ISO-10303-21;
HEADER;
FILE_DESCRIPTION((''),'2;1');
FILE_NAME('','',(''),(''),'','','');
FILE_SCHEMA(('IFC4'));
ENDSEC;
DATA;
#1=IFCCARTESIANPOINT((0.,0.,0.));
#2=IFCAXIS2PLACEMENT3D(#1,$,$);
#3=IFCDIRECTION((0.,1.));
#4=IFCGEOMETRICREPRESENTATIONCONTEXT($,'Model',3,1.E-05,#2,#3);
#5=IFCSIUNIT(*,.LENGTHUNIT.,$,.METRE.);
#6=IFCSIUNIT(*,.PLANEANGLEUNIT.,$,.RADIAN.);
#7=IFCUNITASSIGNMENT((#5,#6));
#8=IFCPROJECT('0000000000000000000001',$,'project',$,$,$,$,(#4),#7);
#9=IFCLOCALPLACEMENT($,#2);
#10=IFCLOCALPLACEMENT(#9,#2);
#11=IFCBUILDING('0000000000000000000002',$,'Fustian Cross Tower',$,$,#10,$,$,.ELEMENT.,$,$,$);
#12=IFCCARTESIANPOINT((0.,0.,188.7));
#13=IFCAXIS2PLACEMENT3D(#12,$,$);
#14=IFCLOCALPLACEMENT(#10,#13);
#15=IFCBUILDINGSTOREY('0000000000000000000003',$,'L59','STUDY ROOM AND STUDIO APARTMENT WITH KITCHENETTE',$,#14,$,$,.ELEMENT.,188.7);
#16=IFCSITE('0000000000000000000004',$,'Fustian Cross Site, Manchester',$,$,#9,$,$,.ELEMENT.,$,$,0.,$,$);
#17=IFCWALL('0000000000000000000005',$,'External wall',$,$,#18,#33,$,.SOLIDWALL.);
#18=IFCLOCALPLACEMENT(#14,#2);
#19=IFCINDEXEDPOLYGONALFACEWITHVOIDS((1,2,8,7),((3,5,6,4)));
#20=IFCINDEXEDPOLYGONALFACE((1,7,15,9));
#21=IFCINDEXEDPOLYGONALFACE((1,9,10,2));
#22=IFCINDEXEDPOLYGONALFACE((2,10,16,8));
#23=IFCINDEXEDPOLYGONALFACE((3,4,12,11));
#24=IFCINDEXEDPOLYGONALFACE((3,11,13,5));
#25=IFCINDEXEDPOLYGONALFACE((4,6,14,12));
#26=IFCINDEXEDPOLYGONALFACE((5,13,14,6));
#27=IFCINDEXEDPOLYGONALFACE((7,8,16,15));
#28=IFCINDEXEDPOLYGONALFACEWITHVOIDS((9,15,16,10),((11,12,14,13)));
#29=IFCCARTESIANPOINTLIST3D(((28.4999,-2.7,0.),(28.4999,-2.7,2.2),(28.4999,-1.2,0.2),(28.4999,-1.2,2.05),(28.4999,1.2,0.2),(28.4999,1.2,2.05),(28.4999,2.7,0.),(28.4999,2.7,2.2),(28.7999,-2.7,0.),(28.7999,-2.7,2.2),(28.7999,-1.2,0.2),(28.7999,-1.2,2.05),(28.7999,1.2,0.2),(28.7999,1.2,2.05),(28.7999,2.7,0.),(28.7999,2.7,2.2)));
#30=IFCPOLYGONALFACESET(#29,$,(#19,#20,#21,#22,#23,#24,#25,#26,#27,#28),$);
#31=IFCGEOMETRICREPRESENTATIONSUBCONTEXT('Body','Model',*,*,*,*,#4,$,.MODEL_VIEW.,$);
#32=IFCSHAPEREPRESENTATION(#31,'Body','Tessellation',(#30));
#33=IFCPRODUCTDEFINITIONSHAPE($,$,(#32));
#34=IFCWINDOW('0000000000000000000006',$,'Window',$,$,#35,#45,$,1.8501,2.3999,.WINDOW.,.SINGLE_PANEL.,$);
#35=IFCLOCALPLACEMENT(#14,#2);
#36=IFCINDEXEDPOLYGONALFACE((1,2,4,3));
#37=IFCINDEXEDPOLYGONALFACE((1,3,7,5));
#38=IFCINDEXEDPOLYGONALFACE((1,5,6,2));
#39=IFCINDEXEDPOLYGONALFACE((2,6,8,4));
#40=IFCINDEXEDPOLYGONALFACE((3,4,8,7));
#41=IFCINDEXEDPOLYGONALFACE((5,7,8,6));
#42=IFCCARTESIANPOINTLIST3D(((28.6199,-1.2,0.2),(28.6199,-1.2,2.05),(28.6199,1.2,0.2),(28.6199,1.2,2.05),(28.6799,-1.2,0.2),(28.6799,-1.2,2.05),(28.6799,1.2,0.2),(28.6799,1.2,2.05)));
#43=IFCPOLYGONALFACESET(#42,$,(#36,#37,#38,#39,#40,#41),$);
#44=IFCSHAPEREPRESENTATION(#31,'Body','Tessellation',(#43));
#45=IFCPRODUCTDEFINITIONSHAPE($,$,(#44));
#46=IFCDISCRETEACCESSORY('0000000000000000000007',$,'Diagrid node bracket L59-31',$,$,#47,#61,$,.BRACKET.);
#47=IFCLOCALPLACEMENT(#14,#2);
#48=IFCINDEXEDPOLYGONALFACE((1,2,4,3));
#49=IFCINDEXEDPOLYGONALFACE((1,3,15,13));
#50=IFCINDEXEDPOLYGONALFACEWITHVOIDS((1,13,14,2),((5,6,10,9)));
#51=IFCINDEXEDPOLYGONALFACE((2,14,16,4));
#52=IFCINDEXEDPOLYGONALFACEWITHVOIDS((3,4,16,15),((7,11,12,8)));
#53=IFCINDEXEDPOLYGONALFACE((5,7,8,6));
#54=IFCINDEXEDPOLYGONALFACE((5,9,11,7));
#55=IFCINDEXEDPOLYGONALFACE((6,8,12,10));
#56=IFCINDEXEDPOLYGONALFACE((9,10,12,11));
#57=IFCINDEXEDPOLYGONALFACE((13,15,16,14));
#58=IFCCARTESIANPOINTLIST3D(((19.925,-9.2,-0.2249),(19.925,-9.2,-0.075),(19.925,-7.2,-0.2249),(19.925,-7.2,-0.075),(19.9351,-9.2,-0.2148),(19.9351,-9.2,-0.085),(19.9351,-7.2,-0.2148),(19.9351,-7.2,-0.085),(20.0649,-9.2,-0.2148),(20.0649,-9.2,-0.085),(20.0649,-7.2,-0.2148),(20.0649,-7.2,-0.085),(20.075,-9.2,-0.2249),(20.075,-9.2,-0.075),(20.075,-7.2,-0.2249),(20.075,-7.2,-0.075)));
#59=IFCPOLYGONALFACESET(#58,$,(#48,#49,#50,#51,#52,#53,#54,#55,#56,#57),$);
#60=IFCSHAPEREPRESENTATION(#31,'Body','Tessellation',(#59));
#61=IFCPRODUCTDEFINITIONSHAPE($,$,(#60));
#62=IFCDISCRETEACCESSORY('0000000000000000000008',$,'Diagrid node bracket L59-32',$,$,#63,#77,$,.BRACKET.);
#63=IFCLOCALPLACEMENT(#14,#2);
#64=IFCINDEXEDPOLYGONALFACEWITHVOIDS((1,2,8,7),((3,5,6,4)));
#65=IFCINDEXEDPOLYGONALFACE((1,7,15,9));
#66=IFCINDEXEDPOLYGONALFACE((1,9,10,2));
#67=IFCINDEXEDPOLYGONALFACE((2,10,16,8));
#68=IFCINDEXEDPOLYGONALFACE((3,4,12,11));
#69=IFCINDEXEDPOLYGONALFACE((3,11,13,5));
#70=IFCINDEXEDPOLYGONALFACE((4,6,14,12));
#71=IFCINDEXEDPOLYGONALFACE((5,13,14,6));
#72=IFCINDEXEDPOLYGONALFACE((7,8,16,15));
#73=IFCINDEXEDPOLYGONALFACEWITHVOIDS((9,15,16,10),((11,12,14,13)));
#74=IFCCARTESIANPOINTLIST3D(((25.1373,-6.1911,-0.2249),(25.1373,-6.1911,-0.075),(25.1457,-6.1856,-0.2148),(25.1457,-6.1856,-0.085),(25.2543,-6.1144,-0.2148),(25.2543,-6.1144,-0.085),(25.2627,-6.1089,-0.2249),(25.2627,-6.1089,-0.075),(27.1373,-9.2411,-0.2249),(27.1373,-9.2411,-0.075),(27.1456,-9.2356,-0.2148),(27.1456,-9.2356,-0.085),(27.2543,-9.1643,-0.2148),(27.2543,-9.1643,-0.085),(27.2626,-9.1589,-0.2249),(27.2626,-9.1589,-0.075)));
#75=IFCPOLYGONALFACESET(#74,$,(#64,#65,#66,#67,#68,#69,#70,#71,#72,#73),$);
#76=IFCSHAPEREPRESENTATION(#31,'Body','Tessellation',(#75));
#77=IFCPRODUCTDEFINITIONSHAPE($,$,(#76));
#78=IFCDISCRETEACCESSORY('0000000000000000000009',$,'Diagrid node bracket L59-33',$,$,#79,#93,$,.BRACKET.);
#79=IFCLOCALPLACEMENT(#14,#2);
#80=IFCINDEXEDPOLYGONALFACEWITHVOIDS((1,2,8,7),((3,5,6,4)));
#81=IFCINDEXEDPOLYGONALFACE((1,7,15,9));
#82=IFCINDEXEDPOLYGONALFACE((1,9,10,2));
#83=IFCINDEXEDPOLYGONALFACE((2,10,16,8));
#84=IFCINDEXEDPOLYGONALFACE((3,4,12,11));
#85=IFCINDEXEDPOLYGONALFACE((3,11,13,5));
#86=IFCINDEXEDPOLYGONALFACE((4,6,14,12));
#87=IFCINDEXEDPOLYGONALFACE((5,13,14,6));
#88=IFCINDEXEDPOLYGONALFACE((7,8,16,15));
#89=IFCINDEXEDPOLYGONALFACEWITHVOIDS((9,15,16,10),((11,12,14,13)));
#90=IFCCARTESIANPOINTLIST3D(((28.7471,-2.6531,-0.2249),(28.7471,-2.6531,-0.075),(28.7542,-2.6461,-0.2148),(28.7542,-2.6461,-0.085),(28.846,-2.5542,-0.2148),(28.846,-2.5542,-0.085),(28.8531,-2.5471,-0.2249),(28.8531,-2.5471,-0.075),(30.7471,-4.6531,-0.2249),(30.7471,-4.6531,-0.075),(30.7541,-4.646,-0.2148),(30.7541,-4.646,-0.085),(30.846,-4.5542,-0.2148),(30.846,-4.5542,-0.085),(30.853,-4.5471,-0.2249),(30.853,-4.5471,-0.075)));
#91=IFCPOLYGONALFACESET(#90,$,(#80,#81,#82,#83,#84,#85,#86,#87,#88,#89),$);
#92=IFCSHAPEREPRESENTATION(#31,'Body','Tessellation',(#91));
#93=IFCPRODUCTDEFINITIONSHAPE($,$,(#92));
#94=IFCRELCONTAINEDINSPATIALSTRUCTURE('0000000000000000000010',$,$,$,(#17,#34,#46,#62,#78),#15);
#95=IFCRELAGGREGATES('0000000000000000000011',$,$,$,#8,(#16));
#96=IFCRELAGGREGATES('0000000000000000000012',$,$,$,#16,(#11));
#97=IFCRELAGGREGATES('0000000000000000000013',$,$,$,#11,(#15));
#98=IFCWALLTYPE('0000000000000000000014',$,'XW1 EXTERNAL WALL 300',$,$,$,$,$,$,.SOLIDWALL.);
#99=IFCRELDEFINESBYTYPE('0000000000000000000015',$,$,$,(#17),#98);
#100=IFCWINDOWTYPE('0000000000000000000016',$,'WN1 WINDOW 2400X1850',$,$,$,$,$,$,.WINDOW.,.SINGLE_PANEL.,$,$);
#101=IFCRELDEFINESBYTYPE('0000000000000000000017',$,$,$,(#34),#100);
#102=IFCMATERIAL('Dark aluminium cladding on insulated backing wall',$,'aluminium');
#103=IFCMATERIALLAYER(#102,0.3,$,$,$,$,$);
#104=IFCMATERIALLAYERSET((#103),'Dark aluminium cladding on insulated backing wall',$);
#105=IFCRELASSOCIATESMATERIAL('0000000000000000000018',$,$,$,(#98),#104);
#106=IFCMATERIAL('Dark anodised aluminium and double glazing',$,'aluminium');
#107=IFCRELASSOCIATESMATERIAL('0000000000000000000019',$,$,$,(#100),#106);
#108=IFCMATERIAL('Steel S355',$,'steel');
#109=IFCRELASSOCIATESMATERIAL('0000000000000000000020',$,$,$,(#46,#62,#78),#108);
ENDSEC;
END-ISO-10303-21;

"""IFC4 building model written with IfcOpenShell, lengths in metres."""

from ifc_helpers import new_model, si_unit, direction, frame, frame_2d, origin, origin_2d, place, context, subcontext, project, spatial, rectangle, hollow_rectangle, extrude, material, layer, layer_set, type_object, element, fill, save


model = new_model("IFC4")

# Units and contexts
model_context = context("Model", 3, precision=1e-05, world=origin(), true_north=direction((0.0, 1.0)))
body_context = subcontext(model_context, "Body", "Model", "MODEL_VIEW")
ifc_project = project(units=[si_unit("LENGTHUNIT", "METRE"), si_unit("PLANEANGLEUNIT", "RADIAN")], contexts=[model_context])

# Site, building, storey
site_placement = place(None, origin())
site = spatial("IfcSite", under=ifc_project, at=site_placement, Name="Fustian Cross Site, Manchester", CompositionType="ELEMENT", RefElevation=0.0)
building_placement = place(site_placement, origin())
building = spatial("IfcBuilding", under=site, at=building_placement, Name="Fustian Cross Tower", CompositionType="ELEMENT")
storey_placement = place(building_placement, frame((0.0, 0.0, 188.7)))
storey = spatial("IfcBuildingStorey", under=building, at=storey_placement, Name="L59", Description="STUDY ROOM AND STUDIO APARTMENT WITH KITCHENETTE", CompositionType="ELEMENT", Elevation=188.7)

# Shared definitions
ifc_material_1 = material(Name="Dark aluminium cladding on insulated backing wall", Category="aluminium")
ifc_layer_1 = layer(ifc_material_1, 0.3)
ifc_layer_set_1 = layer_set([ifc_layer_1], Name="Dark aluminium cladding on insulated backing wall")
wall_type_1 = type_object("IfcWallType", Name="XW1 EXTERNAL WALL 300", PredefinedType="SOLIDWALL", material=ifc_layer_set_1)

# Wall, opening, window
wall_1_placement = place(storey_placement, frame((28.6499, -2.7, 0.0), z_axis=(0.0, 0.0, 1.0), x_axis=(0.0, 1.0, 0.0)))
wall_1 = element("IfcWall", 1, at=wall_1_placement, inside=storey, type_object=wall_type_1, Name="External wall", PredefinedType="SOLIDWALL", context=body_context, shape_type="SweptSolid", body=[
    extrude(rectangle(XDim=5.3999, YDim=0.3, at=frame_2d((2.7, 0.0))), origin(), (0.0, 0.0, 1.0), 2.2),
])
opening_1_placement = place(wall_1_placement, frame((1.5, 0.0, 0.2)))
opening_1 = element("IfcOpeningElement", 2, at=opening_1_placement, cuts=wall_1, PredefinedType="OPENING", context=body_context, shape_type="SweptSolid", body=[
    extrude(rectangle(XDim=2.3999, YDim=1.8501, at=frame_2d((1.2, 0.925))), frame((0.0, 0.1599, 0.0), z_axis=(0.0, -1.0, 0.0), x_axis=(1.0, 0.0, 0.0)), (0.0, 0.0, 1.0), 0.3201),
])
ifc_material_2 = material(Name="Dark anodised aluminium and double glazing", Category="aluminium")
window_type_1 = type_object("IfcWindowType", Name="WN1 WINDOW 2400X1850", PartitioningType="SINGLE_PANEL", PredefinedType="WINDOW", material=ifc_material_2)
window_1_placement = place(opening_1_placement, origin())
window_1 = element("IfcWindow", 3, at=window_1_placement, inside=storey, type_object=window_type_1, Name="Window", OverallHeight=1.8501, OverallWidth=2.3999, PartitioningType="SINGLE_PANEL", PredefinedType="WINDOW", context=body_context, shape_type="SweptSolid", body=[
    extrude(rectangle(XDim=2.3999, YDim=1.8501, at=frame_2d((1.2, 0.925))), frame((0.0, 0.03, 0.0), z_axis=(0.0, -1.0, 0.0), x_axis=(1.0, 0.0, 0.0)), (0.0, 0.0, 1.0), 0.0601),
])
fill(opening_1, window_1)

# Discrete accessories
ifc_material_3 = material(Name="Steel S355", Category="steel")
discrete_accessory_1_placement = place(storey_placement, frame((20.0, -9.2, -0.1499), z_axis=(0.0, 1.0, 0.0), x_axis=(-1.0, 0.0, 0.0)))
element("IfcDiscreteAccessory", 4, at=discrete_accessory_1_placement, inside=storey, material=ifc_material_3, Name="Diagrid node bracket L59-31", PredefinedType="BRACKET", context=body_context, shape_type="SweptSolid", body=[
    extrude(hollow_rectangle(XDim=0.1499, YDim=0.1499, WallThickness=0.01, at=origin_2d()), origin(), (0.0, 0.0, 1.0), 2.0),
])
discrete_accessory_2_placement = place(storey_placement, frame((27.2, -9.2, -0.1499), z_axis=(-0.548351, 0.836248, 0.0), x_axis=(-0.836248, -0.548351, 0.0)))
element("IfcDiscreteAccessory", 5, at=discrete_accessory_2_placement, inside=storey, material=ifc_material_3, Name="Diagrid node bracket L59-32", PredefinedType="BRACKET", context=body_context, shape_type="SweptSolid", body=[
    extrude(hollow_rectangle(XDim=0.1499, YDim=0.1499, WallThickness=0.01, at=origin_2d()), origin(), (0.0, 0.0, 1.0), 3.6472),
])
discrete_accessory_3_placement = place(storey_placement, frame((30.8, -4.6001, -0.1499), z_axis=(-0.707107, 0.707107, 0.0), x_axis=(-0.707107, -0.707107, 0.0)))
element("IfcDiscreteAccessory", 6, at=discrete_accessory_3_placement, inside=storey, material=ifc_material_3, Name="Diagrid node bracket L59-33", PredefinedType="BRACKET", context=body_context, shape_type="SweptSolid", body=[
    extrude(hollow_rectangle(XDim=0.1499, YDim=0.1499, WallThickness=0.01, at=origin_2d()), origin(), (0.0, 0.0, 1.0), 2.8284),
])

save(model, "model.ifc")
